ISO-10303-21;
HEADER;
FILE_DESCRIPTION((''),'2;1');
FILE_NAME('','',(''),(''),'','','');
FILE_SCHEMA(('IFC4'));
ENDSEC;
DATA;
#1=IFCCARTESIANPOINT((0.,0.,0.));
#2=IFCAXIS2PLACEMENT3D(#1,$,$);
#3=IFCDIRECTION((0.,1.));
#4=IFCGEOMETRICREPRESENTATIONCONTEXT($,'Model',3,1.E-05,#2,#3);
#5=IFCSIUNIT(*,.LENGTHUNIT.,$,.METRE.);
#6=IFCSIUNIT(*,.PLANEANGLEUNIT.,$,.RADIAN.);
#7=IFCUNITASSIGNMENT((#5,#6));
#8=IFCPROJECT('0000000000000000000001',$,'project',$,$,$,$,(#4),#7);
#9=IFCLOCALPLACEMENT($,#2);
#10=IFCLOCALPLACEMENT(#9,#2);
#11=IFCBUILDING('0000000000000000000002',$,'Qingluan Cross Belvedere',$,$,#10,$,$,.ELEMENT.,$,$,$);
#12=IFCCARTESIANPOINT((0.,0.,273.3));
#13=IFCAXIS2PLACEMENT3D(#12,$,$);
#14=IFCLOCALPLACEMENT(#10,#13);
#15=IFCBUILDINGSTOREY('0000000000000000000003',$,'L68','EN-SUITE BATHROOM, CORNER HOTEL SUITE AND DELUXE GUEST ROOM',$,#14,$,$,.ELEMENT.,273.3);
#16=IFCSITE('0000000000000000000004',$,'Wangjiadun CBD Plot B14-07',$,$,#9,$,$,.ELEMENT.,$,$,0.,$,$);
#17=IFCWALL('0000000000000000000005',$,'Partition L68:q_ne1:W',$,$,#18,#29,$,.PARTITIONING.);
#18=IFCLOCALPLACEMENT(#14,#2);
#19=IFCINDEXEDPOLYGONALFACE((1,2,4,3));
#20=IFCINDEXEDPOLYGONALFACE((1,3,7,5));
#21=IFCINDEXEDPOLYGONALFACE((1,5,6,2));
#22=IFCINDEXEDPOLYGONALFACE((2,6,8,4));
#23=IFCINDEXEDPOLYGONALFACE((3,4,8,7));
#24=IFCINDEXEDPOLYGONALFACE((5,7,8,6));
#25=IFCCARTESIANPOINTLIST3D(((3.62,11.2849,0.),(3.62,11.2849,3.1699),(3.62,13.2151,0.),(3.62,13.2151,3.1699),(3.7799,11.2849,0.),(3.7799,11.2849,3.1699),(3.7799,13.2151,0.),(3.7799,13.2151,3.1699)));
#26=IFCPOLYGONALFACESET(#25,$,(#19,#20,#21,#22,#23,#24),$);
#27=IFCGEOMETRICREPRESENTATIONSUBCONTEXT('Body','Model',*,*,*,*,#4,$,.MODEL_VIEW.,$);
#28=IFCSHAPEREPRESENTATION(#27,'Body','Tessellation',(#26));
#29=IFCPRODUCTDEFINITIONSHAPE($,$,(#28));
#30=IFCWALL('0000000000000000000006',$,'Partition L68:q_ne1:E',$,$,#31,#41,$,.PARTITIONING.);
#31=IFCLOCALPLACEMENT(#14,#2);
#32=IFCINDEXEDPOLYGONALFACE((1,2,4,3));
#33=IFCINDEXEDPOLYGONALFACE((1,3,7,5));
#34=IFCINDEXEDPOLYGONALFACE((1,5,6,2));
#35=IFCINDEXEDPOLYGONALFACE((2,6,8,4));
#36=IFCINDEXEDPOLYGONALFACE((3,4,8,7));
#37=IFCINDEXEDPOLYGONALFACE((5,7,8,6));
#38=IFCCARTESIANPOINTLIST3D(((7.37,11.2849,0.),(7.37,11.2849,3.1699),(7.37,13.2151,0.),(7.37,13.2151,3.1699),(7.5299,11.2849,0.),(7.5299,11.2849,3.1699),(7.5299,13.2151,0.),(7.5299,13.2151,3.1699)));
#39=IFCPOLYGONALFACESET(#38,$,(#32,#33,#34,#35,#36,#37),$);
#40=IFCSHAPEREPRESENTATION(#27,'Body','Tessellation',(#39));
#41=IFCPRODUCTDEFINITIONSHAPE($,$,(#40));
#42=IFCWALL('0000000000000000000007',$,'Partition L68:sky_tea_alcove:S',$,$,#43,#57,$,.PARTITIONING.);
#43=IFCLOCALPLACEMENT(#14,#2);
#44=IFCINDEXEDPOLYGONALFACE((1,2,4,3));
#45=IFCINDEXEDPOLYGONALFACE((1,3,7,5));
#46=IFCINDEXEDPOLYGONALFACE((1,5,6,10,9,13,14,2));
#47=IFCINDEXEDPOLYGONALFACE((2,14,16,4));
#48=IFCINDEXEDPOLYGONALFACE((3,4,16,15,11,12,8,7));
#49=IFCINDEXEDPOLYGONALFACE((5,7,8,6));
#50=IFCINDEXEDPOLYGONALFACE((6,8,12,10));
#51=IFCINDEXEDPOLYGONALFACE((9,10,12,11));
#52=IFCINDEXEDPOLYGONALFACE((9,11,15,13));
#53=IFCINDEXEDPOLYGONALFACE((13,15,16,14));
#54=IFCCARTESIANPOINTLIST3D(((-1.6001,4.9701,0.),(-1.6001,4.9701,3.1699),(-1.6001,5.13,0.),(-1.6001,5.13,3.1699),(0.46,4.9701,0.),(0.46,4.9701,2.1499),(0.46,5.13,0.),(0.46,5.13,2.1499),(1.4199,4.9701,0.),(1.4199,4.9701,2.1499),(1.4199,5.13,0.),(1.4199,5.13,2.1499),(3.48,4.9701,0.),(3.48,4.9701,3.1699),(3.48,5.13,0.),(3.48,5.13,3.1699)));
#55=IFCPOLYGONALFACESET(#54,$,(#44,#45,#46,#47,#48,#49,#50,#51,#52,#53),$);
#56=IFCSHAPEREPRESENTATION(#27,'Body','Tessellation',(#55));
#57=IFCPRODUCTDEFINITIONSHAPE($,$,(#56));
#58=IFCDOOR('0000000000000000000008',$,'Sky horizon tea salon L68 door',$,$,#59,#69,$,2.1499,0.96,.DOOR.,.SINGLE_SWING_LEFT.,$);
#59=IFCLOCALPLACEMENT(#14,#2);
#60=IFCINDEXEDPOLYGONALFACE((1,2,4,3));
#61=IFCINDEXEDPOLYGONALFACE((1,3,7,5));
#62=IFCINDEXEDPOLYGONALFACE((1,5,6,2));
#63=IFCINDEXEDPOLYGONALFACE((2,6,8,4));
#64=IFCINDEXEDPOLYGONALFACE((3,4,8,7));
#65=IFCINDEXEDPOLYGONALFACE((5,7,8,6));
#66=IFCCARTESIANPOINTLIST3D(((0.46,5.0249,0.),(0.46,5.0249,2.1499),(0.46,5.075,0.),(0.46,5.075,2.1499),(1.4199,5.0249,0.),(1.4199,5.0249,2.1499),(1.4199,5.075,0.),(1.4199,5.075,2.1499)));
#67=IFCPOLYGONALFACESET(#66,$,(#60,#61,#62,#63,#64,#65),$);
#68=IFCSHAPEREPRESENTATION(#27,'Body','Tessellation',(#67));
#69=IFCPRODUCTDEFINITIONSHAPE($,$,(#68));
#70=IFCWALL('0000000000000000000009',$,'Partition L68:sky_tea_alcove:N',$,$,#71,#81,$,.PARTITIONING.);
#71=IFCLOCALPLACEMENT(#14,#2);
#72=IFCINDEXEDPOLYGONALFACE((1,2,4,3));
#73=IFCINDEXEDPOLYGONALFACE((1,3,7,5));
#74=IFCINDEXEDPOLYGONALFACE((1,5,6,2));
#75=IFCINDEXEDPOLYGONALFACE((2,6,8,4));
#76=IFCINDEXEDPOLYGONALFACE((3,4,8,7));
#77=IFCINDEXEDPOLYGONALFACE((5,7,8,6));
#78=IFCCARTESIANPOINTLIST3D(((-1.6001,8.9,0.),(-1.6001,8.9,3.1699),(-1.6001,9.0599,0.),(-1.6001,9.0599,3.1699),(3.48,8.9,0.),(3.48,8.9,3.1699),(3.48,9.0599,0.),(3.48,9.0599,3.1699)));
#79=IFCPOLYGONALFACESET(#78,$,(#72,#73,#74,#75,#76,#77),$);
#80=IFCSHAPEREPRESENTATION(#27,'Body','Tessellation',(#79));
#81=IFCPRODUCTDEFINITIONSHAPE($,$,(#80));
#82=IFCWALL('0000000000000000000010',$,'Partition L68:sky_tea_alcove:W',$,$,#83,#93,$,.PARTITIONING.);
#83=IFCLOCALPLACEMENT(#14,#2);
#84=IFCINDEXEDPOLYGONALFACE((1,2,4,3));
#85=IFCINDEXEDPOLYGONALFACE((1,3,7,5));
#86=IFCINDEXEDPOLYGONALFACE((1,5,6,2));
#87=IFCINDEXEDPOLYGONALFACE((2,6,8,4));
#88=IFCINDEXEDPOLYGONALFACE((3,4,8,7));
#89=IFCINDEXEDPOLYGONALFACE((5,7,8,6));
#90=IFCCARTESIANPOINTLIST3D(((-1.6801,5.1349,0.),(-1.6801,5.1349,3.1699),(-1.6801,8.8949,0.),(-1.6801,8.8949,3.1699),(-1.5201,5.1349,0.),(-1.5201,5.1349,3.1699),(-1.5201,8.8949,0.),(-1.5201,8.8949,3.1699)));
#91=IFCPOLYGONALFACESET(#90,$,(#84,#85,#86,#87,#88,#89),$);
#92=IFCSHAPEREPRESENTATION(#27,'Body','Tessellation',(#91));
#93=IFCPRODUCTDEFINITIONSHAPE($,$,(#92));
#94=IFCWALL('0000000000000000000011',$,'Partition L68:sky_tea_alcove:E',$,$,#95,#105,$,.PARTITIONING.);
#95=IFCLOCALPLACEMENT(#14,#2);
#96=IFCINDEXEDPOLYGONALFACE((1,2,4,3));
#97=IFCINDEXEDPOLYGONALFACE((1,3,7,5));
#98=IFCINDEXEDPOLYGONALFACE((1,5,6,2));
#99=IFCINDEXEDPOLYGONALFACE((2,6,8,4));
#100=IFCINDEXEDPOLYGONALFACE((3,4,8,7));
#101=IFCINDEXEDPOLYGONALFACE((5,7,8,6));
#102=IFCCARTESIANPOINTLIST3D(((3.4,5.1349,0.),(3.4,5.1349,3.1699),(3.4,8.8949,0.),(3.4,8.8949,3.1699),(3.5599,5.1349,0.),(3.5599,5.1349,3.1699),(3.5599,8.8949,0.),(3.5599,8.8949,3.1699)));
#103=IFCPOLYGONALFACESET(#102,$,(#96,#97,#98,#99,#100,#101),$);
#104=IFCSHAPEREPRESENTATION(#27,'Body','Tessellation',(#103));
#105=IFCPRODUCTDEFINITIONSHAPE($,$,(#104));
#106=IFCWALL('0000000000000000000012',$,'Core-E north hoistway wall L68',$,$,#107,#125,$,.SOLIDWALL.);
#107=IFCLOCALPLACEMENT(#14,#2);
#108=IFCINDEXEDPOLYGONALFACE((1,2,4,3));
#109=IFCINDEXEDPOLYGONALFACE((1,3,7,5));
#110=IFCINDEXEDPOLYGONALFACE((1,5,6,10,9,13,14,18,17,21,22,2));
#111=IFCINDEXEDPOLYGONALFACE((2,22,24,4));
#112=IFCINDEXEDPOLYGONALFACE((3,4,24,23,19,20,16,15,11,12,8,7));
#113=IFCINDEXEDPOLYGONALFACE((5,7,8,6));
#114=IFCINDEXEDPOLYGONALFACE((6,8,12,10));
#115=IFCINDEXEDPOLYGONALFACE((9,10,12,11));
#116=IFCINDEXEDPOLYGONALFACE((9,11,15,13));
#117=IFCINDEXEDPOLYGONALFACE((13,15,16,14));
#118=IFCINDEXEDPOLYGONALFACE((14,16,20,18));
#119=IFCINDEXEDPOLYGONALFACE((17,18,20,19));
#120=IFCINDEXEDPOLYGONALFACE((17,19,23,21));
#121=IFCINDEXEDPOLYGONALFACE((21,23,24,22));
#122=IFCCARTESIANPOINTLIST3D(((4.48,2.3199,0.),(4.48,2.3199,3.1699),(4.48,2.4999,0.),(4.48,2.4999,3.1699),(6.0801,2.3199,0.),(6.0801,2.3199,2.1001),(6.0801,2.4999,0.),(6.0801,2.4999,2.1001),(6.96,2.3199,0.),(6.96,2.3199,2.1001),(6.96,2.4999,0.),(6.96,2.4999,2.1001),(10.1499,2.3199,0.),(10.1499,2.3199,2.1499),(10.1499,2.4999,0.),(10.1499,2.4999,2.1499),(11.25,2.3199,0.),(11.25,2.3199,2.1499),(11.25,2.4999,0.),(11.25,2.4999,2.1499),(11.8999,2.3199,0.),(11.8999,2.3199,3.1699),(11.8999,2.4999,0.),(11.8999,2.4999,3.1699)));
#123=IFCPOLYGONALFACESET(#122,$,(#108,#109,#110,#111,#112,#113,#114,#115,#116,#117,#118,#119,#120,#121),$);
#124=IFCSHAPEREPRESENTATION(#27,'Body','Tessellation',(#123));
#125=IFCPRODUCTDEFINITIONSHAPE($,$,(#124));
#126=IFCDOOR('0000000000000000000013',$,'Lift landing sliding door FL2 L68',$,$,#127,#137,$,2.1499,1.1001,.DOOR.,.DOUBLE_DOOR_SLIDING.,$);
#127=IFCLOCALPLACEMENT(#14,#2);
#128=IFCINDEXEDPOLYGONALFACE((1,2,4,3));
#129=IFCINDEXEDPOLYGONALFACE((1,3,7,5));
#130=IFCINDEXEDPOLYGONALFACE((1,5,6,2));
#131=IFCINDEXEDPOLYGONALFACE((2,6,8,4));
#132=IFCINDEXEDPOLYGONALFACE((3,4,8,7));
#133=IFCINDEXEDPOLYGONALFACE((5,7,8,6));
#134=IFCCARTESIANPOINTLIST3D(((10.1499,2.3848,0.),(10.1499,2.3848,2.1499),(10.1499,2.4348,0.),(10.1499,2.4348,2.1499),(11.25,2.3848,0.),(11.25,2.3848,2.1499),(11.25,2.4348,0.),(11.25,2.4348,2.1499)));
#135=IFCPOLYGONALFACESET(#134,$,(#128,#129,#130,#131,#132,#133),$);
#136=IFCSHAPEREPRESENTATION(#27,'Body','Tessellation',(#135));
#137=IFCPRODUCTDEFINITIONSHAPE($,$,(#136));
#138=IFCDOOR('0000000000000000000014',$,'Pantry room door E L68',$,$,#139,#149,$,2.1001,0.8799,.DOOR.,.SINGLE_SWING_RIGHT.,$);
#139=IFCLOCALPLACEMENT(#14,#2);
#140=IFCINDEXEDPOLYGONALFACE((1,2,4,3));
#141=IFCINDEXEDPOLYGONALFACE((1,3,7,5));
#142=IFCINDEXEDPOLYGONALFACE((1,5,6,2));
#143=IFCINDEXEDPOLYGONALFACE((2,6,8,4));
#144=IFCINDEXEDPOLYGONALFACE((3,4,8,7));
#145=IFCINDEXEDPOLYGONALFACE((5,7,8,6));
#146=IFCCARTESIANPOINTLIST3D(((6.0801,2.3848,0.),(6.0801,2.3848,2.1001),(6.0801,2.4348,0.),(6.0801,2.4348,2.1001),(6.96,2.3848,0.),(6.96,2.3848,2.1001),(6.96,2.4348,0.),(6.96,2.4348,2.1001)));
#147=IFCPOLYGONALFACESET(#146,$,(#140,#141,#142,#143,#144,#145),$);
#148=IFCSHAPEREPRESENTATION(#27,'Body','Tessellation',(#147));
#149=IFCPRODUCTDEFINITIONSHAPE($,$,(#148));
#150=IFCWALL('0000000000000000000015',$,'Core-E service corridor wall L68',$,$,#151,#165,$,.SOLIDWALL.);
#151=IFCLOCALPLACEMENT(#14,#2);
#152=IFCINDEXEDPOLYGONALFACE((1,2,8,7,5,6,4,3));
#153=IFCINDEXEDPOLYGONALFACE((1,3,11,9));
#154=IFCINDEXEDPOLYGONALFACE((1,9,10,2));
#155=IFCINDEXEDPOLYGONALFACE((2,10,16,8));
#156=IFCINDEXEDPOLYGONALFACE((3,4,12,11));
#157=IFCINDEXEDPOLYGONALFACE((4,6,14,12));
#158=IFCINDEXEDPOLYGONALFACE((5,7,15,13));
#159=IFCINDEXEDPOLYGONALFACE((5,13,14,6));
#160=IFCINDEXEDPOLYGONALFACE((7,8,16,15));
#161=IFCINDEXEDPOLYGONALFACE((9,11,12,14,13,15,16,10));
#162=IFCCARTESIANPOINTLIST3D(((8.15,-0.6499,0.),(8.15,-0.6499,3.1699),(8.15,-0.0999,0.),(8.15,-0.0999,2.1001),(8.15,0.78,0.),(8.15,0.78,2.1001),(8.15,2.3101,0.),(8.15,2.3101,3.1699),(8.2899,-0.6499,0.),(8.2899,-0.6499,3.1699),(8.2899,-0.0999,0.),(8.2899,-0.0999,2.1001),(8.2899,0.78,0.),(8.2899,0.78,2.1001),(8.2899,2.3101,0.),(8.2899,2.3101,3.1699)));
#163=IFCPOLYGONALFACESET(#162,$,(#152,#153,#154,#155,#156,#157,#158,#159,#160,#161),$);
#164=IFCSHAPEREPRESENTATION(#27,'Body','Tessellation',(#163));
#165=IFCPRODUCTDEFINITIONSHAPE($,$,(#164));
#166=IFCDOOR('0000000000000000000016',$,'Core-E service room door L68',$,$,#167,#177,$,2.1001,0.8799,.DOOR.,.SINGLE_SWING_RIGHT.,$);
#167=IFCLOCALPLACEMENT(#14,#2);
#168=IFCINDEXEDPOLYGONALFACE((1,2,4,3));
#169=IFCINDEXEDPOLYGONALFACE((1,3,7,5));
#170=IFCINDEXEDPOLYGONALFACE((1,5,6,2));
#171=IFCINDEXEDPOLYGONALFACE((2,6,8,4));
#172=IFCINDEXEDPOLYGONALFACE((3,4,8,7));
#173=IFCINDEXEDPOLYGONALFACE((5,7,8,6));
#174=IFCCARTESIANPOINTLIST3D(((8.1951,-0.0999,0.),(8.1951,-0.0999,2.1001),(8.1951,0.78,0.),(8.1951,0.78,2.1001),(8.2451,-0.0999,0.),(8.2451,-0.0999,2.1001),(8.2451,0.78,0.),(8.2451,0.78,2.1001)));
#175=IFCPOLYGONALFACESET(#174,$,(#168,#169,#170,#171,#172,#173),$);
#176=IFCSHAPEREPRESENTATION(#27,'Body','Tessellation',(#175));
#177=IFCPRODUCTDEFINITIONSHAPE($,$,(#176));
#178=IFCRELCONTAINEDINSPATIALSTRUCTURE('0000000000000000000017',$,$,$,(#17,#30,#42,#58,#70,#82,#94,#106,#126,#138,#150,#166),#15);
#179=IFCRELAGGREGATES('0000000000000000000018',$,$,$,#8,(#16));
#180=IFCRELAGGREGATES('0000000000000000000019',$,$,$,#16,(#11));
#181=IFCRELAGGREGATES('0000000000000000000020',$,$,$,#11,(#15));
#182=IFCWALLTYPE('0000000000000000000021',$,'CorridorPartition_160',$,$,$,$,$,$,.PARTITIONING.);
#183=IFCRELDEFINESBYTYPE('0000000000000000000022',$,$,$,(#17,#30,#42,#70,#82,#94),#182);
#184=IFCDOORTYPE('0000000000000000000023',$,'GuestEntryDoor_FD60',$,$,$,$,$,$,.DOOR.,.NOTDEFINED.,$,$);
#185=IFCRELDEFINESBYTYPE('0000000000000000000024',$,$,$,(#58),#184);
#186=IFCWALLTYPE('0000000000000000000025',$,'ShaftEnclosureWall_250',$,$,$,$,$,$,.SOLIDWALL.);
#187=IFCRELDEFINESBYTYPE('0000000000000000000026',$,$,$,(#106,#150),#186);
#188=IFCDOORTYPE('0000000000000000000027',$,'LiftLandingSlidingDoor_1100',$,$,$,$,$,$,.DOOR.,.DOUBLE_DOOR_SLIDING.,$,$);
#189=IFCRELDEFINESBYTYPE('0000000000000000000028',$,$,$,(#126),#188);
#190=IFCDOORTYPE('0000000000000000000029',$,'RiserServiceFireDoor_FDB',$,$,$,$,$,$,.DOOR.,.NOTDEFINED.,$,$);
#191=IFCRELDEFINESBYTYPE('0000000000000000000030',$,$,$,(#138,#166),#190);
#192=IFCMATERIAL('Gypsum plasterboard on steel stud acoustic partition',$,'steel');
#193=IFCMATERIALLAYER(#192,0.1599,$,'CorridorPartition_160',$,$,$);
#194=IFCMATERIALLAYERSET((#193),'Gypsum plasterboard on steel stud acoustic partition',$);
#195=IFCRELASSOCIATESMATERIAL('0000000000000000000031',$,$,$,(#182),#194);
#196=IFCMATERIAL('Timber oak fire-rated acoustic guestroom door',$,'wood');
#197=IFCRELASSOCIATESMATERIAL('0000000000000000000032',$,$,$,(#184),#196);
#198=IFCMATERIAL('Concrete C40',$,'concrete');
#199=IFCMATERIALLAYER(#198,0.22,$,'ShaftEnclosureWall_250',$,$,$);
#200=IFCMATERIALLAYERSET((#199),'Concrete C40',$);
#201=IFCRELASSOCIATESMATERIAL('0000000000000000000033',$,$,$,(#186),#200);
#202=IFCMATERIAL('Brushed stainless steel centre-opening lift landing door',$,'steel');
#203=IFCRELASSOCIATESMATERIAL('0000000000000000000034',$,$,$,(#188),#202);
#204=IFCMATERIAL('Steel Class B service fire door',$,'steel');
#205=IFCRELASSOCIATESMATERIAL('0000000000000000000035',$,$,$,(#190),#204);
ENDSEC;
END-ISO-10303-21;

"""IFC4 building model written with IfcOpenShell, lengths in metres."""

from ifc_helpers import new_model, si_unit, direction, frame, frame_2d, origin, place, context, subcontext, project, spatial, rectangle, extrude, material, layer, layer_set, type_object, element, fill, save


model = new_model("IFC4")

# Units and contexts
model_context = context("Model", 3, precision=1e-05, world=origin(), true_north=direction((0.0, 1.0)))
body_context = subcontext(model_context, "Body", "Model", "MODEL_VIEW")
ifc_project = project(units=[si_unit("LENGTHUNIT", "METRE"), si_unit("PLANEANGLEUNIT", "RADIAN")], contexts=[model_context])

# Site, building, storey
site_placement = place(None, origin())
site = spatial("IfcSite", under=ifc_project, at=site_placement, Name="Wangjiadun CBD Plot B14-07", CompositionType="ELEMENT", RefElevation=0.0)
building_placement = place(site_placement, origin())
building = spatial("IfcBuilding", under=site, at=building_placement, Name="Qingluan Cross Belvedere", CompositionType="ELEMENT")
storey_placement = place(building_placement, frame((0.0, 0.0, 273.3)))
storey = spatial("IfcBuildingStorey", under=building, at=storey_placement, Name="L68", Description="EN-SUITE BATHROOM, CORNER HOTEL SUITE AND DELUXE GUEST ROOM", CompositionType="ELEMENT", Elevation=273.3)

# Shared definitions
ifc_material_1 = material(Name="Gypsum plasterboard on steel stud acoustic partition", Category="steel")
ifc_layer_1 = layer(ifc_material_1, 0.1599, Name="CorridorPartition_160")
ifc_layer_set_1 = layer_set([ifc_layer_1], Name="Gypsum plasterboard on steel stud acoustic partition")
wall_type_1 = type_object("IfcWallType", Name="CorridorPartition_160", PredefinedType="PARTITIONING", material=ifc_layer_set_1)
ifc_material_2 = material(Name="Timber oak fire-rated acoustic guestroom door", Category="wood")
door_type_1 = type_object("IfcDoorType", Name="GuestEntryDoor_FD60", OperationType="NOTDEFINED", PredefinedType="DOOR", material=ifc_material_2)

# Walls
for number, where, z_axis, x_axis, name in (
    (1, (3.7, 11.2849, 0.0), (0.0, 0.0, 1.0), (0.0, 1.0, 0.0), "Partition L68:q_ne1:W"),
    (2, (7.45, 11.2849, 0.0), (0.0, 0.0, 1.0), (0.0, 1.0, 0.0), "Partition L68:q_ne1:E"),
):
    element("IfcWall", number, at=place(storey_placement, frame(where, z_axis=z_axis, x_axis=x_axis)), inside=storey, type_object=wall_type_1, Name=name, PredefinedType="PARTITIONING", context=body_context, shape_type="SweptSolid", body=[
        extrude(rectangle(XDim=1.9302, YDim=0.1599, at=frame_2d((0.9651, 0.0))), origin(), (0.0, 0.0, 1.0), 3.1699),
    ])

# Wall, opening, door
wall_1_placement = place(storey_placement, frame((-1.6001, 5.05, 0.0), z_axis=(0.0, 0.0, 1.0), x_axis=(1.0, 0.0, 0.0)))
wall_1 = element("IfcWall", 3, at=wall_1_placement, inside=storey, type_object=wall_type_1, Name="Partition L68:sky_tea_alcove:S", PredefinedType="PARTITIONING", context=body_context, shape_type="SweptSolid", body=[
    extrude(rectangle(XDim=5.0801, YDim=0.1599, at=frame_2d((2.54, 0.0))), origin(), (0.0, 0.0, 1.0), 3.1699),
])
opening_1_placement = place(wall_1_placement, frame((2.0601, 0.0, 0.0)))
opening_1 = element("IfcOpeningElement", 4, at=opening_1_placement, cuts=wall_1, PredefinedType="OPENING", context=body_context, shape_type="SweptSolid", body=[
    extrude(rectangle(XDim=0.96, YDim=2.1499, at=frame_2d((0.48, 1.075))), frame((0.0, 0.0898, 0.0), z_axis=(0.0, -1.0, 0.0), x_axis=(1.0, 0.0, 0.0)), (0.0, 0.0, 1.0), 0.1799),
])
door_1_placement = place(opening_1_placement, origin())
door_1 = element("IfcDoor", 5, at=door_1_placement, inside=storey, type_object=door_type_1, Name="Sky horizon tea salon L68 door", OperationType="SINGLE_SWING_LEFT", OverallHeight=2.1499, OverallWidth=0.96, PredefinedType="DOOR", context=body_context, shape_type="SweptSolid", body=[
    extrude(rectangle(XDim=0.96, YDim=2.1499, at=frame_2d((0.48, 1.075))), frame((0.0, 0.0249, 0.0), z_axis=(0.0, -1.0, 0.0), x_axis=(1.0, 0.0, 0.0)), (0.0, 0.0, 1.0), 0.05),
])
fill(opening_1, door_1)

# Walls
wall_2_placement = place(storey_placement, frame((-1.6001, 8.98, 0.0), z_axis=(0.0, 0.0, 1.0), x_axis=(1.0, 0.0, 0.0)))
element("IfcWall", 6, at=wall_2_placement, inside=storey, type_object=wall_type_1, Name="Partition L68:sky_tea_alcove:N", PredefinedType="PARTITIONING", context=body_context, shape_type="SweptSolid", body=[
    extrude(rectangle(XDim=5.0801, YDim=0.1599, at=frame_2d((2.54, 0.0))), origin(), (0.0, 0.0, 1.0), 3.1699),
])
for number, where, z_axis, x_axis, name in (
    (7, (-1.6001, 5.135, 0.0), (0.0, 0.0, 1.0), (0.0, 1.0, 0.0), "Partition L68:sky_tea_alcove:W"),
    (8, (3.48, 5.135, 0.0), (0.0, 0.0, 1.0), (0.0, 1.0, 0.0), "Partition L68:sky_tea_alcove:E"),
):
    element("IfcWall", number, at=place(storey_placement, frame(where, z_axis=z_axis, x_axis=x_axis)), inside=storey, type_object=wall_type_1, Name=name, PredefinedType="PARTITIONING", context=body_context, shape_type="SweptSolid", body=[
        extrude(rectangle(XDim=3.76, YDim=0.1599, at=frame_2d((1.8799, 0.0))), origin(), (0.0, 0.0, 1.0), 3.1699),
    ])

# Wall, openings, doors
ifc_material_3 = material(Name="Concrete C40", Category="concrete")
ifc_layer_2 = layer(ifc_material_3, 0.22, Name="ShaftEnclosureWall_250")
ifc_layer_set_2 = layer_set([ifc_layer_2], Name="Concrete C40")
wall_type_2 = type_object("IfcWallType", Name="ShaftEnclosureWall_250", PredefinedType="SOLIDWALL", material=ifc_layer_set_2)
wall_3_placement = place(storey_placement, frame((4.48, 2.4099, 0.0), z_axis=(0.0, 0.0, 1.0), x_axis=(1.0, 0.0, 0.0)))
wall_3 = element("IfcWall", 9, at=wall_3_placement, inside=storey, type_object=wall_type_2, Name="Core-E north hoistway wall L68", PredefinedType="SOLIDWALL", context=body_context, shape_type="SweptSolid", body=[
    extrude(rectangle(XDim=7.4199, YDim=0.1799, at=frame_2d((3.71, 0.0))), origin(), (0.0, 0.0, 1.0), 3.1699),
])
opening_2_placement = place(wall_3_placement, frame((5.6699, 0.0, 0.0)))
opening_2 = element("IfcOpeningElement", 10, at=opening_2_placement, cuts=wall_3, PredefinedType="OPENING", context=body_context, shape_type="SweptSolid", body=[
    extrude(rectangle(XDim=1.1001, YDim=2.1499, at=frame_2d((0.55, 1.075))), frame((0.0, 0.0999, 0.0), z_axis=(0.0, -1.0, 0.0), x_axis=(1.0, 0.0, 0.0)), (0.0, 0.0, 1.0), 0.2),
])
opening_3_placement = place(wall_3_placement, frame((1.6001, 0.0, 0.0)))
opening_3 = element("IfcOpeningElement", 11, at=opening_3_placement, cuts=wall_3, PredefinedType="OPENING", context=body_context, shape_type="SweptSolid", body=[
    extrude(rectangle(XDim=0.8799, YDim=2.1001, at=frame_2d((0.4399, 1.05))), frame((0.0, 0.0999, 0.0), z_axis=(0.0, -1.0, 0.0), x_axis=(1.0, 0.0, 0.0)), (0.0, 0.0, 1.0), 0.2),
])
ifc_material_4 = material(Name="Brushed stainless steel centre-opening lift landing door", Category="steel")
door_type_2 = type_object("IfcDoorType", Name="LiftLandingSlidingDoor_1100", OperationType="DOUBLE_DOOR_SLIDING", PredefinedType="DOOR", material=ifc_material_4)
door_2_placement = place(opening_2_placement, origin())
door_2 = element("IfcDoor", 12, at=door_2_placement, inside=storey, type_object=door_type_2, Name="Lift landing sliding door FL2 L68", OperationType="DOUBLE_DOOR_SLIDING", OverallHeight=2.1499, OverallWidth=1.1001, PredefinedType="DOOR", context=body_context, shape_type="SweptSolid", body=[
    extrude(rectangle(XDim=1.1001, YDim=2.1499, at=frame_2d((0.55, 1.075))), frame((0.0, 0.0249, 0.0), z_axis=(0.0, -1.0, 0.0), x_axis=(1.0, 0.0, 0.0)), (0.0, 0.0, 1.0), 0.05),
])
fill(opening_2, door_2)
ifc_material_5 = material(Name="Steel Class B service fire door", Category="steel")
door_type_3 = type_object("IfcDoorType", Name="RiserServiceFireDoor_FDB", OperationType="NOTDEFINED", PredefinedType="DOOR", material=ifc_material_5)
door_3_placement = place(opening_3_placement, origin())
door_3 = element("IfcDoor", 13, at=door_3_placement, inside=storey, type_object=door_type_3, Name="Pantry room door E L68", OperationType="SINGLE_SWING_RIGHT", OverallHeight=2.1001, OverallWidth=0.8799, PredefinedType="DOOR", context=body_context, shape_type="SweptSolid", body=[
    extrude(rectangle(XDim=0.8799, YDim=2.1001, at=frame_2d((0.4399, 1.05))), frame((0.0, 0.0249, 0.0), z_axis=(0.0, -1.0, 0.0), x_axis=(1.0, 0.0, 0.0)), (0.0, 0.0, 1.0), 0.05),
])
fill(opening_3, door_3)

# Wall, opening, door
wall_4_placement = place(storey_placement, frame((8.22, -0.6499, 0.0), z_axis=(0.0, 0.0, 1.0), x_axis=(0.0, 1.0, 0.0)))
wall_4 = element("IfcWall", 14, at=wall_4_placement, inside=storey, type_object=wall_type_2, Name="Core-E service corridor wall L68", PredefinedType="SOLIDWALL", context=body_context, shape_type="SweptSolid", body=[
    extrude(rectangle(XDim=2.96, YDim=0.1399, at=frame_2d((1.48, 0.0))), origin(), (0.0, 0.0, 1.0), 3.1699),
])
opening_4_placement = place(wall_4_placement, frame((0.55, 0.0, 0.0)))
opening_4 = element("IfcOpeningElement", 15, at=opening_4_placement, cuts=wall_4, PredefinedType="OPENING", context=body_context, shape_type="SweptSolid", body=[
    extrude(rectangle(XDim=0.8799, YDim=2.1001, at=frame_2d((0.4399, 1.05))), frame((0.0, 0.0798, 0.0), z_axis=(0.0, -1.0, 0.0), x_axis=(1.0, 0.0, 0.0)), (0.0, 0.0, 1.0), 0.1599),
])
door_4_placement = place(opening_4_placement, origin())
door_4 = element("IfcDoor", 16, at=door_4_placement, inside=storey, type_object=door_type_3, Name="Core-E service room door L68", OperationType="SINGLE_SWING_RIGHT", OverallHeight=2.1001, OverallWidth=0.8799, PredefinedType="DOOR", context=body_context, shape_type="SweptSolid", body=[
    extrude(rectangle(XDim=0.8799, YDim=2.1001, at=frame_2d((0.4399, 1.05))), frame((0.0, 0.0249, 0.0), z_axis=(0.0, -1.0, 0.0), x_axis=(1.0, 0.0, 0.0)), (0.0, 0.0, 1.0), 0.05),
])
fill(opening_4, door_4)

save(model, "model.ifc")
